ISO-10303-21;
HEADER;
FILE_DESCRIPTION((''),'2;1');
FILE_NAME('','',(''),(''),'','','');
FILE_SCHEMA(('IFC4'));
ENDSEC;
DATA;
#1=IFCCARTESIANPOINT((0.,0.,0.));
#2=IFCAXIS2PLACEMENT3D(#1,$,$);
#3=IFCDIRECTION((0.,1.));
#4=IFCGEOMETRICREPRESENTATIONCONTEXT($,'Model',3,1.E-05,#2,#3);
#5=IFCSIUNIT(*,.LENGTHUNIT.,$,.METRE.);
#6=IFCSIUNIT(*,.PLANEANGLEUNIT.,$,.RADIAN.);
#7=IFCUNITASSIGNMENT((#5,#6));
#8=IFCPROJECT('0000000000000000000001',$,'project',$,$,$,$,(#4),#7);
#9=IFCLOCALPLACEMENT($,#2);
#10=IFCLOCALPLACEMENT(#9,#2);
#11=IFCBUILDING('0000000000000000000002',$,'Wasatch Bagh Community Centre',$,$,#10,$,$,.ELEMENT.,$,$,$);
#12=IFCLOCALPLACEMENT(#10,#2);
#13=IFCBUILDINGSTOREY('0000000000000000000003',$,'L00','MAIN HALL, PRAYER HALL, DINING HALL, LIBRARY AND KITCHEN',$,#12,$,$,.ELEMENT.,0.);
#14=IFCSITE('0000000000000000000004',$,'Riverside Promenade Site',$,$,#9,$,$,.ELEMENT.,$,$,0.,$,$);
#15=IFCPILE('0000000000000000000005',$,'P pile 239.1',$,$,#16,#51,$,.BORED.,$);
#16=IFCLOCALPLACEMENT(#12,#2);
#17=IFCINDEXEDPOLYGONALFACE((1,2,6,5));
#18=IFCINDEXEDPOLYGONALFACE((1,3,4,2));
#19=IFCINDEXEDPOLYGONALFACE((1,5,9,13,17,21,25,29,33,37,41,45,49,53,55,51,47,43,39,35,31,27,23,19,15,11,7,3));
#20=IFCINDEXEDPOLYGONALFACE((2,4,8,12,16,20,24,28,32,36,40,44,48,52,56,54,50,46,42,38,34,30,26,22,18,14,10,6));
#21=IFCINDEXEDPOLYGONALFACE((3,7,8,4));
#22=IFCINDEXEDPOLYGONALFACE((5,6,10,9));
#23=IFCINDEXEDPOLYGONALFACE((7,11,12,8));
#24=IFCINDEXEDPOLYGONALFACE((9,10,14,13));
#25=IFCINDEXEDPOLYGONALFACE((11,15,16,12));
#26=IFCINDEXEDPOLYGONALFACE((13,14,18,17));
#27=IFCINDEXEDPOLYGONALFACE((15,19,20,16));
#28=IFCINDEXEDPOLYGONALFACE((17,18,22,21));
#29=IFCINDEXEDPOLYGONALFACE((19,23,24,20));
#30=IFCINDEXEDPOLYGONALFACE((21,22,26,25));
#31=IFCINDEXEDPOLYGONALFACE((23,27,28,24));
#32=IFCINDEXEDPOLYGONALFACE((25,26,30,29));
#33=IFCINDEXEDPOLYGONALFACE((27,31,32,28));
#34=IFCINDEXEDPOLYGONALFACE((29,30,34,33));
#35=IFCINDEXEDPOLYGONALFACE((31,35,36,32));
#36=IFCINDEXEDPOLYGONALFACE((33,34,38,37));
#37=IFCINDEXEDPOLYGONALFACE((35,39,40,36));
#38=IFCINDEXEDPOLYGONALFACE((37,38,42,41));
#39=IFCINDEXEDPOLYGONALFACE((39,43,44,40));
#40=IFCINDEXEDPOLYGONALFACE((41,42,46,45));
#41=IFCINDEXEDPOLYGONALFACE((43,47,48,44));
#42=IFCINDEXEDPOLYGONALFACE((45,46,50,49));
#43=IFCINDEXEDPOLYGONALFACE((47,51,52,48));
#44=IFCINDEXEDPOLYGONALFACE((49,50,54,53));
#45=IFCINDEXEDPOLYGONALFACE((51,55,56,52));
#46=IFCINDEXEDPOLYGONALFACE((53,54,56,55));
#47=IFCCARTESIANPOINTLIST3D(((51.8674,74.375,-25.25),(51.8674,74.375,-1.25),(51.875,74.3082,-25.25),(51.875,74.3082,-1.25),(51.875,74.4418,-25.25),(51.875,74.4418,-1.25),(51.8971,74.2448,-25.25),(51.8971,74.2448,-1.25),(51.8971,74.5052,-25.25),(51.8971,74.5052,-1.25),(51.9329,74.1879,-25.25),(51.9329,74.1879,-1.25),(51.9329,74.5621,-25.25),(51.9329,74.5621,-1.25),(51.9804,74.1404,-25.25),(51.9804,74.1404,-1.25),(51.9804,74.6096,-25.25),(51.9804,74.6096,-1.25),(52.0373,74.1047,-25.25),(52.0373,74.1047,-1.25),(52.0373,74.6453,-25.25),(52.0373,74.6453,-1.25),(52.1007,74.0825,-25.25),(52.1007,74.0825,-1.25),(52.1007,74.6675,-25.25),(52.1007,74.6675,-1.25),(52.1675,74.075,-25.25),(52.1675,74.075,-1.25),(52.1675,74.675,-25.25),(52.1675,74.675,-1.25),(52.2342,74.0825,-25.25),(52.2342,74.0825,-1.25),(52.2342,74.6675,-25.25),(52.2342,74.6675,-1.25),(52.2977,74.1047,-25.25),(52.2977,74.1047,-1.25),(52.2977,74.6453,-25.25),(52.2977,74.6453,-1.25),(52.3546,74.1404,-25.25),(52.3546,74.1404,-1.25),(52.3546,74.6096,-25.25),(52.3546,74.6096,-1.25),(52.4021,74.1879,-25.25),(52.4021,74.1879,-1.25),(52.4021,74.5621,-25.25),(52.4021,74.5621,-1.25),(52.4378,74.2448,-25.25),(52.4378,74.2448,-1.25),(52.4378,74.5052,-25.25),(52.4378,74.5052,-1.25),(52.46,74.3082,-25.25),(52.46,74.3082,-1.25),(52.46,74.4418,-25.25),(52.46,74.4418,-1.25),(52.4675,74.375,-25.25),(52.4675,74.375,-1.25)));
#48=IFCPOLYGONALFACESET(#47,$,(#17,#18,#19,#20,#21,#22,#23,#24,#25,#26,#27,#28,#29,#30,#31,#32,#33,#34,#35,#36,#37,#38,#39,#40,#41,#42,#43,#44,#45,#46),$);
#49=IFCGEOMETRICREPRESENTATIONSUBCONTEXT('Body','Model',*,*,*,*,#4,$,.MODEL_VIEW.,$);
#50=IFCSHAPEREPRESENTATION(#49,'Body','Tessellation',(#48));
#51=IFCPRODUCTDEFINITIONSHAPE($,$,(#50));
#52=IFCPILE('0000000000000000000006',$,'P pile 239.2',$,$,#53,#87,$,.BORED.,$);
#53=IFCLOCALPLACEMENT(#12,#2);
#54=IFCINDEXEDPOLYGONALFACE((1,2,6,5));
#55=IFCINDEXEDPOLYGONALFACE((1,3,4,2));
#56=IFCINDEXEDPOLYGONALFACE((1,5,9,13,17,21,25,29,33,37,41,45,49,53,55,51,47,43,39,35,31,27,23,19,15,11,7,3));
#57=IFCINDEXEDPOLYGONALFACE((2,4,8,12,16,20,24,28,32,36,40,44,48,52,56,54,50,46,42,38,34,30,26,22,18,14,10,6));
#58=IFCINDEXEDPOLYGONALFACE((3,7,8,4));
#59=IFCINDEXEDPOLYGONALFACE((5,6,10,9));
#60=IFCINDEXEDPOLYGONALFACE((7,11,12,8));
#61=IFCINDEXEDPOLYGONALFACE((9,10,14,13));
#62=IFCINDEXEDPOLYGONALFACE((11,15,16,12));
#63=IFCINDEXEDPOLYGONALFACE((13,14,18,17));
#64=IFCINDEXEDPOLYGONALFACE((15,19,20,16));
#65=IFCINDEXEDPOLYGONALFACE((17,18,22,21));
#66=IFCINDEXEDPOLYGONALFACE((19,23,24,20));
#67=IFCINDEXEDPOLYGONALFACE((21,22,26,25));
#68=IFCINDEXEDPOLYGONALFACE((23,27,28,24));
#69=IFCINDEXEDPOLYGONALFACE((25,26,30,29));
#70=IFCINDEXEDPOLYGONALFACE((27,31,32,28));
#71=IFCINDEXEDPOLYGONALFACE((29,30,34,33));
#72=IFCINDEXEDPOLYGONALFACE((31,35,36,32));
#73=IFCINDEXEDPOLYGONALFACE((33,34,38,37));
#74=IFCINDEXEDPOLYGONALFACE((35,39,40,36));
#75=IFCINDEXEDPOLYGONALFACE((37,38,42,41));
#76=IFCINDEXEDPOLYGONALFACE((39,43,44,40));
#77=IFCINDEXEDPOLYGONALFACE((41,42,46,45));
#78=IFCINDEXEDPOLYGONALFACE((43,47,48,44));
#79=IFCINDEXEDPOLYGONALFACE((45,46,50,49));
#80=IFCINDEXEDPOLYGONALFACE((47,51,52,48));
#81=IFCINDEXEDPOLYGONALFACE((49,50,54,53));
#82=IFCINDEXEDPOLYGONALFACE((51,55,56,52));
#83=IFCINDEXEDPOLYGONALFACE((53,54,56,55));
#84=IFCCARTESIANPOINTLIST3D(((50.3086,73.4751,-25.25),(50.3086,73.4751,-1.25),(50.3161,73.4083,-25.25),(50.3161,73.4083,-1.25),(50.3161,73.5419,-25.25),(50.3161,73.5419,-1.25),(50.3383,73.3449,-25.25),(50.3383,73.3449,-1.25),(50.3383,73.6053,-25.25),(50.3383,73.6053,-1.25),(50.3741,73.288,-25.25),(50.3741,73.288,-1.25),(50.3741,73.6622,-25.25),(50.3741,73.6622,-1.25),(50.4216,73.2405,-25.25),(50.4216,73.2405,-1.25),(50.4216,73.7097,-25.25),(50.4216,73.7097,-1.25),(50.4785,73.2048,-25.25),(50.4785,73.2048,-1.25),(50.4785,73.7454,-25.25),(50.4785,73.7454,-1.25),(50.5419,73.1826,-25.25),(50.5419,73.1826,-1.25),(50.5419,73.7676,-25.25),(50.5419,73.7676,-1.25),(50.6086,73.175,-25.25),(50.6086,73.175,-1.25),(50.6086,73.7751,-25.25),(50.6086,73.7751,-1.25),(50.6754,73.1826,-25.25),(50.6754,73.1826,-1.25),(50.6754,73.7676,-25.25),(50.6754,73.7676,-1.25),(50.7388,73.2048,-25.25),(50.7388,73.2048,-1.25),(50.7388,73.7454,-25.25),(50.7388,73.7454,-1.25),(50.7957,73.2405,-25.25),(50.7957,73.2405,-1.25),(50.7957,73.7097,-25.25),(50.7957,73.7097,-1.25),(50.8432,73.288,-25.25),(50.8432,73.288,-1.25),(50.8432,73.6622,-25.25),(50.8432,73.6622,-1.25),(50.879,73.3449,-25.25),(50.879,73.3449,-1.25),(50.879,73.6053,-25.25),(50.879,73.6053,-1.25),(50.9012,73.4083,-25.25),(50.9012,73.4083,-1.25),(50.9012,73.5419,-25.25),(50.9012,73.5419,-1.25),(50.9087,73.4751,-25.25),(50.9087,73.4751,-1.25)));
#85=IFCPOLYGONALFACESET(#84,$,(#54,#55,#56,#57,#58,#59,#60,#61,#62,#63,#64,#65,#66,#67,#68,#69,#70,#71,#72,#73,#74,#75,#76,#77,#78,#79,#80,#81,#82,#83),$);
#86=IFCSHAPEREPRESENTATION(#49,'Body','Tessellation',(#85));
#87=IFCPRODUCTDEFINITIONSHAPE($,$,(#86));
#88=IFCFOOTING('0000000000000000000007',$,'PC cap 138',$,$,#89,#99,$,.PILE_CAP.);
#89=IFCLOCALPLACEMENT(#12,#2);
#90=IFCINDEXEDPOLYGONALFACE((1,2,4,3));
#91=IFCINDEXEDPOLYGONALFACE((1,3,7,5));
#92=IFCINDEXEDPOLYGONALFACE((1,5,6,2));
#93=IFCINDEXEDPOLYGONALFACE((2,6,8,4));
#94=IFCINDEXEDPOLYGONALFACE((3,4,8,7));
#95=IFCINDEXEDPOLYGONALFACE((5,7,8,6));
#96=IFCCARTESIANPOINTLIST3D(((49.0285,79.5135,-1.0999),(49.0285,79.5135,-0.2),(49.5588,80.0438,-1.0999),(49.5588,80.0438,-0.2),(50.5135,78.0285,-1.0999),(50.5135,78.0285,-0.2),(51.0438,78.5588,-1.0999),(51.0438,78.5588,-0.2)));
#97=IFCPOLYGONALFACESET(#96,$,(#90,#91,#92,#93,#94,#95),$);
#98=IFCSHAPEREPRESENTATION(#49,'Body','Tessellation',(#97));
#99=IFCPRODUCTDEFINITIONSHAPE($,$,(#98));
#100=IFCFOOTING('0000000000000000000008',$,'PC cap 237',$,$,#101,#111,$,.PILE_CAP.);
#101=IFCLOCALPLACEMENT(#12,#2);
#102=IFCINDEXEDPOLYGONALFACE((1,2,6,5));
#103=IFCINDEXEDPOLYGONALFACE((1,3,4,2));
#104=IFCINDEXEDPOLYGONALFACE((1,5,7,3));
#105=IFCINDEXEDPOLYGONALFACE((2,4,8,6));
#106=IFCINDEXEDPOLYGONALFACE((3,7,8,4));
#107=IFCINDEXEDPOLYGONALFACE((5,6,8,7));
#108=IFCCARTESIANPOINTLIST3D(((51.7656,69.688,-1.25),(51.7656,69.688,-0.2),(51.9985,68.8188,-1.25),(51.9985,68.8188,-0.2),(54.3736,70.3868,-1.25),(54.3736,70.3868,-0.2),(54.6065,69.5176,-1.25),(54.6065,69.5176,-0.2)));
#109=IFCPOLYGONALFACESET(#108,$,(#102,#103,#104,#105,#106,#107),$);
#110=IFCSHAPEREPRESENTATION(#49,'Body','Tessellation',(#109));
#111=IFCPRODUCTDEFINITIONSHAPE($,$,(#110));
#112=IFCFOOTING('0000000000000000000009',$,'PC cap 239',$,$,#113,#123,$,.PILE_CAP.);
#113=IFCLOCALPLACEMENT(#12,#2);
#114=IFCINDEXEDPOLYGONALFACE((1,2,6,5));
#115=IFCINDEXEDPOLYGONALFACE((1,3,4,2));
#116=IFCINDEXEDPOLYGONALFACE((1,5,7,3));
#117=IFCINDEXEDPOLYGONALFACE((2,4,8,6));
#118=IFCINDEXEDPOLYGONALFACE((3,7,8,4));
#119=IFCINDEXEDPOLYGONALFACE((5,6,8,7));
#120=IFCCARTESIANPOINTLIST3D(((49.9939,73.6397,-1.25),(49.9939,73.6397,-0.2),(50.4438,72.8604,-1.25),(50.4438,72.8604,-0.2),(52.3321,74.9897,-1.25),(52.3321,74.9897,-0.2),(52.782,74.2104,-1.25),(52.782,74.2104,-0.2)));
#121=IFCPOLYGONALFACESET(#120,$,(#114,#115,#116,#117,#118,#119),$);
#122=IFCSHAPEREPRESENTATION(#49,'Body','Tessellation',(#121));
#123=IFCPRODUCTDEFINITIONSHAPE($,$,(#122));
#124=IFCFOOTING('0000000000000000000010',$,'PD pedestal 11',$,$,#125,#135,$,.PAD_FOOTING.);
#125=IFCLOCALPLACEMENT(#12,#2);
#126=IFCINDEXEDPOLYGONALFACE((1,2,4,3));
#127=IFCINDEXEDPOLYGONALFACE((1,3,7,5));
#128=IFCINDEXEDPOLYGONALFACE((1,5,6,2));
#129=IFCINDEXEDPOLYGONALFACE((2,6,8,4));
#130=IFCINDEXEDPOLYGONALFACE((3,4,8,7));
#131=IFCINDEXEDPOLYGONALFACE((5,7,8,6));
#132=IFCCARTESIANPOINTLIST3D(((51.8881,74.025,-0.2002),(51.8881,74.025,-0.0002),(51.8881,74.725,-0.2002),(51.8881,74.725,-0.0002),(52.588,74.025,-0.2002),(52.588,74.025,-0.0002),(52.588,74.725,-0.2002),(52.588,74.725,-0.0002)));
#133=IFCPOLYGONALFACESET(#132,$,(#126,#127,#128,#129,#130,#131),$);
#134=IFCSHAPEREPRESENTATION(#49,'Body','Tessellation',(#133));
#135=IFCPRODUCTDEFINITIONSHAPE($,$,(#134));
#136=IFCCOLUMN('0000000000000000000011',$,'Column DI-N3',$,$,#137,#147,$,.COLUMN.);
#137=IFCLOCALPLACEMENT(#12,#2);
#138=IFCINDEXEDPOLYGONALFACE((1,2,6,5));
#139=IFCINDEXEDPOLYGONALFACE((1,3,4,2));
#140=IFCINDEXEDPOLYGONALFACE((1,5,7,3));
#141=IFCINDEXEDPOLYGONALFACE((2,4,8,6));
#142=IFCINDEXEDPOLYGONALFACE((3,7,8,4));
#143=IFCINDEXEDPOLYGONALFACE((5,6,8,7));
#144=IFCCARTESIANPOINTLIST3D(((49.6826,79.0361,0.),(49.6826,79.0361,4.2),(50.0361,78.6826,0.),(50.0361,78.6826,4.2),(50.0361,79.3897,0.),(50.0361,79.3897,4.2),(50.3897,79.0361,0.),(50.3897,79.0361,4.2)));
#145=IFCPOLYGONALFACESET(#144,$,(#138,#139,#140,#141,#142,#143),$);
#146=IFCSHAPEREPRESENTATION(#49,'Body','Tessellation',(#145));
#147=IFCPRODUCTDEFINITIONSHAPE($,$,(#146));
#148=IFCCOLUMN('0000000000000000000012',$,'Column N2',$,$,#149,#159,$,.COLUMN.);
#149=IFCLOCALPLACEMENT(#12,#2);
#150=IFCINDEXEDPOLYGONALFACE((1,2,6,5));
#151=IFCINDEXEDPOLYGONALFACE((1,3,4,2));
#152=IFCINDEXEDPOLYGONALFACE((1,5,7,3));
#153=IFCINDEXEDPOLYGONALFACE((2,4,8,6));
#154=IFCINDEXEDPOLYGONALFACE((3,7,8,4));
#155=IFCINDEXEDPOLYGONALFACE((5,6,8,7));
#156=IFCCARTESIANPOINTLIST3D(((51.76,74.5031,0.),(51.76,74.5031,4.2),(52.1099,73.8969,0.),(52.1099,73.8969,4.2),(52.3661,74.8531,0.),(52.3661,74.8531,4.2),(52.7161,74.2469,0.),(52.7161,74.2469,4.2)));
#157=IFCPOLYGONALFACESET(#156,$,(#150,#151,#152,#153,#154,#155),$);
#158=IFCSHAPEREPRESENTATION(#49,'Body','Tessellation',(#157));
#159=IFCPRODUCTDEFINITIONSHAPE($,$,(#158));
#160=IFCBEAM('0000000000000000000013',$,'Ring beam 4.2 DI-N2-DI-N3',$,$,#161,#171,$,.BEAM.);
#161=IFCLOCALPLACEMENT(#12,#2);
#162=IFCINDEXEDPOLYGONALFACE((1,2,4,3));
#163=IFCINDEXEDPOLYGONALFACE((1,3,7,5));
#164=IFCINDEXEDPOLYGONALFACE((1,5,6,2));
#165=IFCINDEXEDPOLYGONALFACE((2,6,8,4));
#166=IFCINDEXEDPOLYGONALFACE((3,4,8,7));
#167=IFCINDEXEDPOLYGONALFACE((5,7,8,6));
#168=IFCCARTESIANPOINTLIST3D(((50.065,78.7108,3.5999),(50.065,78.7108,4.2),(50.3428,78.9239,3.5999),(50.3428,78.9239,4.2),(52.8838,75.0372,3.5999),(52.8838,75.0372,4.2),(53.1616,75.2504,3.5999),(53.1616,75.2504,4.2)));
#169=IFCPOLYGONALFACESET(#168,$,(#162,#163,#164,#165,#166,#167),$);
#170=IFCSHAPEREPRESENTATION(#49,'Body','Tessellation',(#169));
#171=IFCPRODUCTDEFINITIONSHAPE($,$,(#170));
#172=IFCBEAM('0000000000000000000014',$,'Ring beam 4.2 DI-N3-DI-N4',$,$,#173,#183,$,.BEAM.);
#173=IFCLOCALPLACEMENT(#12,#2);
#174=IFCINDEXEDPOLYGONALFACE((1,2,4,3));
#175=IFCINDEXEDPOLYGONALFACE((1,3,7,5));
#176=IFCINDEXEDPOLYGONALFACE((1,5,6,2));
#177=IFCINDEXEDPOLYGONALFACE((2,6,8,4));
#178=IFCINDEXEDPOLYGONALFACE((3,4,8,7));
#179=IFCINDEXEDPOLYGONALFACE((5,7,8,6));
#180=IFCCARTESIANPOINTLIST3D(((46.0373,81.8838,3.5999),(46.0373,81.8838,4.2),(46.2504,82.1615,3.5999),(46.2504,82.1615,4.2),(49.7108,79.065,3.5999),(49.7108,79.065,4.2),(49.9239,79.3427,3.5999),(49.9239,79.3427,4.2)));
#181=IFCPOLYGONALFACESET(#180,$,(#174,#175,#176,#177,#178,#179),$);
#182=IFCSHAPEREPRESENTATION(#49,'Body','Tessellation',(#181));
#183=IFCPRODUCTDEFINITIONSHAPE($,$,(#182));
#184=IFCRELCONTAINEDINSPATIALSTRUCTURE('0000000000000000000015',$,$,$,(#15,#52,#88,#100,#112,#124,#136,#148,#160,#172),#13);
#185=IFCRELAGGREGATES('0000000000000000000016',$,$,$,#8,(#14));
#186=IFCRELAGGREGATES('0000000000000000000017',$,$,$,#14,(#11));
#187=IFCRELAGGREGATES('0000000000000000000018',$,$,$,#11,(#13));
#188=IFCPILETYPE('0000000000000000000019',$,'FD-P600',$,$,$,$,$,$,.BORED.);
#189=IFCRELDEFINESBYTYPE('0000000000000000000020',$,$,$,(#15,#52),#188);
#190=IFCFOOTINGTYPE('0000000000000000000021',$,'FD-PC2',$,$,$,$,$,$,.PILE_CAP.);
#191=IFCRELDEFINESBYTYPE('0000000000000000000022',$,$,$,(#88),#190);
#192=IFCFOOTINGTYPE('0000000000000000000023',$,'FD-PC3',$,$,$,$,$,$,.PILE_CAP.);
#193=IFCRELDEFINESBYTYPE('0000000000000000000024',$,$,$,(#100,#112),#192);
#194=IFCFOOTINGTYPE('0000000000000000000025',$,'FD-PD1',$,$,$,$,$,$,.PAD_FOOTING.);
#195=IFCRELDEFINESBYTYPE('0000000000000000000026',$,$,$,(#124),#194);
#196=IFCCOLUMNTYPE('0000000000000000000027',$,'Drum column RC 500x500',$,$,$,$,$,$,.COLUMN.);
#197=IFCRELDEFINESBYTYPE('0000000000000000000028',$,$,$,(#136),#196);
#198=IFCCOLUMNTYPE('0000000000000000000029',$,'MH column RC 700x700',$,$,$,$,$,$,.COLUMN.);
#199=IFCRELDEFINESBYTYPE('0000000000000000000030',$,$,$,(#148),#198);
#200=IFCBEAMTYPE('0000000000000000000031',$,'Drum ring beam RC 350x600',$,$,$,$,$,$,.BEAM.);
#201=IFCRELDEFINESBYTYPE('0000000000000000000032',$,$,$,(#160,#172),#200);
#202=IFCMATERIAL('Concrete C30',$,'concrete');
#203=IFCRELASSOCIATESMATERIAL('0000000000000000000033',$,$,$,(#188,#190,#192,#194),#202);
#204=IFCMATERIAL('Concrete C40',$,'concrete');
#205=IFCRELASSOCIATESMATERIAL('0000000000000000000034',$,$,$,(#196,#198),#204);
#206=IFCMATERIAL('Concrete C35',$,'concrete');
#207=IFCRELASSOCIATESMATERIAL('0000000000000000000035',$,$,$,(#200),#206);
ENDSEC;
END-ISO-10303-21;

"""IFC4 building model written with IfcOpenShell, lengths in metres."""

from ifc_helpers import new_model, si_unit, direction, frame, origin, origin_2d, place, context, subcontext, project, spatial, rectangle, circle, extrude, material, material_profile, profile_set, type_object, element, save


model = new_model("IFC4")

# Units and contexts
model_context = context("Model", 3, precision=1e-05, world=origin(), true_north=direction((0.0, 1.0)))
body_context = subcontext(model_context, "Body", "Model", "MODEL_VIEW")
ifc_project = project(units=[si_unit("LENGTHUNIT", "METRE"), si_unit("PLANEANGLEUNIT", "RADIAN")], contexts=[model_context])

# Site, building, storey
site_placement = place(None, origin())
site = spatial("IfcSite", under=ifc_project, at=site_placement, Name="Riverside Promenade Site", CompositionType="ELEMENT", RefElevation=0.0)
building_placement = place(site_placement, origin())
building = spatial("IfcBuilding", under=site, at=building_placement, Name="Wasatch Bagh Community Centre", CompositionType="ELEMENT")
storey_placement = place(building_placement, origin())
storey = spatial("IfcBuildingStorey", under=building, at=storey_placement, Name="L00", Description="MAIN HALL, PRAYER HALL, DINING HALL, LIBRARY AND KITCHEN", CompositionType="ELEMENT", Elevation=0.0)

# Shared definitions
ifc_material_1 = material(Name="Concrete C35", Category="concrete")

# Piles
ifc_material_2 = material(Name="Concrete C30", Category="concrete")
ifc_material_profile_1 = material_profile(ifc_material_2, circle(Radius=0.3, at=origin_2d()), Name="RC D600")
ifc_profile_set_1 = profile_set([ifc_material_profile_1], Name="Concrete C30")
pile_type_1 = type_object("IfcPileType", Name="FD-P600", PredefinedType="BORED", material=ifc_profile_set_1)
for number, where, z_axis, x_axis, name in (
    (1, (52.1675, 74.375, -1.25), (0.0, 0.0, -1.0), (1.0, 0.0, 0.0), "P pile 239.1"),
    (2, (50.6086, 73.4751, -1.25), (0.0, 0.0, -1.0), (1.0, 0.0, 0.0), "P pile 239.2"),
):
    element("IfcPile", number, at=place(storey_placement, frame(where, z_axis=z_axis, x_axis=x_axis)), inside=storey, type_object=pile_type_1, Name=name, PredefinedType="BORED", context=body_context, shape_type="SweptSolid", body=[
        extrude(circle(Radius=0.3, at=origin_2d()), origin(), (0.0, 0.0, 1.0), 24.0),
    ])

# Footings
footing_type_1 = type_object("IfcFootingType", Name="FD-PC2", PredefinedType="PILE_CAP", material=ifc_material_2)
footing_1_placement = place(storey_placement, frame((50.0361, 79.0361, -1.0999), z_axis=(0.0, 0.0, 1.0), x_axis=(-0.707107, 0.707107, 0.0)))
element("IfcFooting", 3, at=footing_1_placement, inside=storey, type_object=footing_type_1, Name="PC cap 138", PredefinedType="PILE_CAP", context=body_context, shape_type="SweptSolid", body=[
    extrude(rectangle(XDim=2.1001, YDim=0.75, at=origin_2d()), origin(), (0.0, 0.0, 1.0), 0.8999),
])
footing_type_2 = type_object("IfcFootingType", Name="FD-PC3", PredefinedType="PILE_CAP", material=ifc_material_2)
for number, where, z_axis, x_axis, name in (
    (4, (53.186, 69.6028, -1.25), (0.0, 0.0, 1.0), (-0.965926, -0.258819, 0.0), "PC cap 237"),
    (5, (51.3879, 73.925, -1.25), (0.0, 0.0, 1.0), (-0.866025, -0.5, 0.0), "PC cap 239"),
):
    element("IfcFooting", number, at=place(storey_placement, frame(where, z_axis=z_axis, x_axis=x_axis)), inside=storey, type_object=footing_type_2, Name=name, PredefinedType="PILE_CAP", context=body_context, shape_type="SweptSolid", body=[
        extrude(rectangle(XDim=2.7, YDim=0.8999, at=origin_2d()), origin(), (0.0, 0.0, 1.0), 1.05),
    ])
footing_type_3 = type_object("IfcFootingType", Name="FD-PD1", PredefinedType="PAD_FOOTING", material=ifc_material_2)
footing_2_placement = place(storey_placement, frame((52.238, 74.375, -0.2002), z_axis=(0.0, 0.0, 1.0), x_axis=(1.0, 0.0, 0.0)))
element("IfcFooting", 6, at=footing_2_placement, inside=storey, type_object=footing_type_3, Name="PD pedestal 11", PredefinedType="PAD_FOOTING", context=body_context, shape_type="SweptSolid", body=[
    extrude(rectangle(XDim=0.7, YDim=0.7, at=origin_2d()), origin(), (0.0, 0.0, 1.0), 0.2),
])

# Columns
ifc_material_3 = material(Name="Concrete C40", Category="concrete")
ifc_material_profile_2 = material_profile(ifc_material_3, rectangle(XDim=0.5, YDim=0.5, at=origin_2d()), Name="RC 500x500")
ifc_profile_set_2 = profile_set([ifc_material_profile_2], Name="Concrete C40")
column_type_1 = type_object("IfcColumnType", Name="Drum column RC 500x500", PredefinedType="COLUMN", material=ifc_profile_set_2)
column_1_placement = place(storey_placement, frame((50.0361, 79.0361, 0.0), z_axis=(0.0, 0.0, 1.0), x_axis=(0.707107, 0.707107, 0.0)))
element("IfcColumn", 7, at=column_1_placement, inside=storey, type_object=column_type_1, Name="Column DI-N3", PredefinedType="COLUMN", context=body_context, shape_type="SweptSolid", body=[
    extrude(rectangle(XDim=0.5, YDim=0.5, at=origin_2d()), origin(), (0.0, 0.0, 1.0), 4.2),
])
ifc_material_profile_3 = material_profile(ifc_material_3, rectangle(XDim=0.7, YDim=0.7, at=origin_2d()), Name="RC 700x700")
ifc_profile_set_3 = profile_set([ifc_material_profile_3], Name="Concrete C40")
column_type_2 = type_object("IfcColumnType", Name="MH column RC 700x700", PredefinedType="COLUMN", material=ifc_profile_set_3)
column_2_placement = place(storey_placement, frame((52.238, 74.375, 0.0), z_axis=(0.0, 0.0, 1.0), x_axis=(0.866025, 0.5, 0.0)))
element("IfcColumn", 8, at=column_2_placement, inside=storey, type_object=column_type_2, Name="Column N2", PredefinedType="COLUMN", context=body_context, shape_type="SweptSolid", body=[
    extrude(rectangle(XDim=0.7, YDim=0.7, at=origin_2d()), origin(), (0.0, 0.0, 1.0), 4.2),
])

# Beams
ifc_material_profile_4 = material_profile(ifc_material_1, rectangle(XDim=0.3501, YDim=0.6001, at=origin_2d()), Name="RC 350x600")
ifc_profile_set_4 = profile_set([ifc_material_profile_4], Name="Concrete C35")
beam_type_1 = type_object("IfcBeamType", Name="Drum ring beam RC 350x600", PredefinedType="BEAM", material=ifc_profile_set_4)
for number, where, z_axis, x_axis, name in (
    (9, (53.0227, 75.1438, 3.8999), (-0.608762, 0.793353, 0.0), (-0.793353, -0.608762, 0.0), "Ring beam 4.2 DI-N2-DI-N3"),
    (10, (49.8174, 79.2039, 3.8999), (-0.793353, 0.608762, 0.0), (-0.608762, -0.793353, 0.0), "Ring beam 4.2 DI-N3-DI-N4"),
):
    element("IfcBeam", number, at=place(storey_placement, frame(where, z_axis=z_axis, x_axis=x_axis)), inside=storey, type_object=beam_type_1, Name=name, PredefinedType="BEAM", context=body_context, shape_type="SweptSolid", body=[
        extrude(rectangle(XDim=0.3501, YDim=0.6001, at=origin_2d()), origin(), (0.0, 0.0, 1.0), 4.6304),
    ])

save(model, "model.ifc")
